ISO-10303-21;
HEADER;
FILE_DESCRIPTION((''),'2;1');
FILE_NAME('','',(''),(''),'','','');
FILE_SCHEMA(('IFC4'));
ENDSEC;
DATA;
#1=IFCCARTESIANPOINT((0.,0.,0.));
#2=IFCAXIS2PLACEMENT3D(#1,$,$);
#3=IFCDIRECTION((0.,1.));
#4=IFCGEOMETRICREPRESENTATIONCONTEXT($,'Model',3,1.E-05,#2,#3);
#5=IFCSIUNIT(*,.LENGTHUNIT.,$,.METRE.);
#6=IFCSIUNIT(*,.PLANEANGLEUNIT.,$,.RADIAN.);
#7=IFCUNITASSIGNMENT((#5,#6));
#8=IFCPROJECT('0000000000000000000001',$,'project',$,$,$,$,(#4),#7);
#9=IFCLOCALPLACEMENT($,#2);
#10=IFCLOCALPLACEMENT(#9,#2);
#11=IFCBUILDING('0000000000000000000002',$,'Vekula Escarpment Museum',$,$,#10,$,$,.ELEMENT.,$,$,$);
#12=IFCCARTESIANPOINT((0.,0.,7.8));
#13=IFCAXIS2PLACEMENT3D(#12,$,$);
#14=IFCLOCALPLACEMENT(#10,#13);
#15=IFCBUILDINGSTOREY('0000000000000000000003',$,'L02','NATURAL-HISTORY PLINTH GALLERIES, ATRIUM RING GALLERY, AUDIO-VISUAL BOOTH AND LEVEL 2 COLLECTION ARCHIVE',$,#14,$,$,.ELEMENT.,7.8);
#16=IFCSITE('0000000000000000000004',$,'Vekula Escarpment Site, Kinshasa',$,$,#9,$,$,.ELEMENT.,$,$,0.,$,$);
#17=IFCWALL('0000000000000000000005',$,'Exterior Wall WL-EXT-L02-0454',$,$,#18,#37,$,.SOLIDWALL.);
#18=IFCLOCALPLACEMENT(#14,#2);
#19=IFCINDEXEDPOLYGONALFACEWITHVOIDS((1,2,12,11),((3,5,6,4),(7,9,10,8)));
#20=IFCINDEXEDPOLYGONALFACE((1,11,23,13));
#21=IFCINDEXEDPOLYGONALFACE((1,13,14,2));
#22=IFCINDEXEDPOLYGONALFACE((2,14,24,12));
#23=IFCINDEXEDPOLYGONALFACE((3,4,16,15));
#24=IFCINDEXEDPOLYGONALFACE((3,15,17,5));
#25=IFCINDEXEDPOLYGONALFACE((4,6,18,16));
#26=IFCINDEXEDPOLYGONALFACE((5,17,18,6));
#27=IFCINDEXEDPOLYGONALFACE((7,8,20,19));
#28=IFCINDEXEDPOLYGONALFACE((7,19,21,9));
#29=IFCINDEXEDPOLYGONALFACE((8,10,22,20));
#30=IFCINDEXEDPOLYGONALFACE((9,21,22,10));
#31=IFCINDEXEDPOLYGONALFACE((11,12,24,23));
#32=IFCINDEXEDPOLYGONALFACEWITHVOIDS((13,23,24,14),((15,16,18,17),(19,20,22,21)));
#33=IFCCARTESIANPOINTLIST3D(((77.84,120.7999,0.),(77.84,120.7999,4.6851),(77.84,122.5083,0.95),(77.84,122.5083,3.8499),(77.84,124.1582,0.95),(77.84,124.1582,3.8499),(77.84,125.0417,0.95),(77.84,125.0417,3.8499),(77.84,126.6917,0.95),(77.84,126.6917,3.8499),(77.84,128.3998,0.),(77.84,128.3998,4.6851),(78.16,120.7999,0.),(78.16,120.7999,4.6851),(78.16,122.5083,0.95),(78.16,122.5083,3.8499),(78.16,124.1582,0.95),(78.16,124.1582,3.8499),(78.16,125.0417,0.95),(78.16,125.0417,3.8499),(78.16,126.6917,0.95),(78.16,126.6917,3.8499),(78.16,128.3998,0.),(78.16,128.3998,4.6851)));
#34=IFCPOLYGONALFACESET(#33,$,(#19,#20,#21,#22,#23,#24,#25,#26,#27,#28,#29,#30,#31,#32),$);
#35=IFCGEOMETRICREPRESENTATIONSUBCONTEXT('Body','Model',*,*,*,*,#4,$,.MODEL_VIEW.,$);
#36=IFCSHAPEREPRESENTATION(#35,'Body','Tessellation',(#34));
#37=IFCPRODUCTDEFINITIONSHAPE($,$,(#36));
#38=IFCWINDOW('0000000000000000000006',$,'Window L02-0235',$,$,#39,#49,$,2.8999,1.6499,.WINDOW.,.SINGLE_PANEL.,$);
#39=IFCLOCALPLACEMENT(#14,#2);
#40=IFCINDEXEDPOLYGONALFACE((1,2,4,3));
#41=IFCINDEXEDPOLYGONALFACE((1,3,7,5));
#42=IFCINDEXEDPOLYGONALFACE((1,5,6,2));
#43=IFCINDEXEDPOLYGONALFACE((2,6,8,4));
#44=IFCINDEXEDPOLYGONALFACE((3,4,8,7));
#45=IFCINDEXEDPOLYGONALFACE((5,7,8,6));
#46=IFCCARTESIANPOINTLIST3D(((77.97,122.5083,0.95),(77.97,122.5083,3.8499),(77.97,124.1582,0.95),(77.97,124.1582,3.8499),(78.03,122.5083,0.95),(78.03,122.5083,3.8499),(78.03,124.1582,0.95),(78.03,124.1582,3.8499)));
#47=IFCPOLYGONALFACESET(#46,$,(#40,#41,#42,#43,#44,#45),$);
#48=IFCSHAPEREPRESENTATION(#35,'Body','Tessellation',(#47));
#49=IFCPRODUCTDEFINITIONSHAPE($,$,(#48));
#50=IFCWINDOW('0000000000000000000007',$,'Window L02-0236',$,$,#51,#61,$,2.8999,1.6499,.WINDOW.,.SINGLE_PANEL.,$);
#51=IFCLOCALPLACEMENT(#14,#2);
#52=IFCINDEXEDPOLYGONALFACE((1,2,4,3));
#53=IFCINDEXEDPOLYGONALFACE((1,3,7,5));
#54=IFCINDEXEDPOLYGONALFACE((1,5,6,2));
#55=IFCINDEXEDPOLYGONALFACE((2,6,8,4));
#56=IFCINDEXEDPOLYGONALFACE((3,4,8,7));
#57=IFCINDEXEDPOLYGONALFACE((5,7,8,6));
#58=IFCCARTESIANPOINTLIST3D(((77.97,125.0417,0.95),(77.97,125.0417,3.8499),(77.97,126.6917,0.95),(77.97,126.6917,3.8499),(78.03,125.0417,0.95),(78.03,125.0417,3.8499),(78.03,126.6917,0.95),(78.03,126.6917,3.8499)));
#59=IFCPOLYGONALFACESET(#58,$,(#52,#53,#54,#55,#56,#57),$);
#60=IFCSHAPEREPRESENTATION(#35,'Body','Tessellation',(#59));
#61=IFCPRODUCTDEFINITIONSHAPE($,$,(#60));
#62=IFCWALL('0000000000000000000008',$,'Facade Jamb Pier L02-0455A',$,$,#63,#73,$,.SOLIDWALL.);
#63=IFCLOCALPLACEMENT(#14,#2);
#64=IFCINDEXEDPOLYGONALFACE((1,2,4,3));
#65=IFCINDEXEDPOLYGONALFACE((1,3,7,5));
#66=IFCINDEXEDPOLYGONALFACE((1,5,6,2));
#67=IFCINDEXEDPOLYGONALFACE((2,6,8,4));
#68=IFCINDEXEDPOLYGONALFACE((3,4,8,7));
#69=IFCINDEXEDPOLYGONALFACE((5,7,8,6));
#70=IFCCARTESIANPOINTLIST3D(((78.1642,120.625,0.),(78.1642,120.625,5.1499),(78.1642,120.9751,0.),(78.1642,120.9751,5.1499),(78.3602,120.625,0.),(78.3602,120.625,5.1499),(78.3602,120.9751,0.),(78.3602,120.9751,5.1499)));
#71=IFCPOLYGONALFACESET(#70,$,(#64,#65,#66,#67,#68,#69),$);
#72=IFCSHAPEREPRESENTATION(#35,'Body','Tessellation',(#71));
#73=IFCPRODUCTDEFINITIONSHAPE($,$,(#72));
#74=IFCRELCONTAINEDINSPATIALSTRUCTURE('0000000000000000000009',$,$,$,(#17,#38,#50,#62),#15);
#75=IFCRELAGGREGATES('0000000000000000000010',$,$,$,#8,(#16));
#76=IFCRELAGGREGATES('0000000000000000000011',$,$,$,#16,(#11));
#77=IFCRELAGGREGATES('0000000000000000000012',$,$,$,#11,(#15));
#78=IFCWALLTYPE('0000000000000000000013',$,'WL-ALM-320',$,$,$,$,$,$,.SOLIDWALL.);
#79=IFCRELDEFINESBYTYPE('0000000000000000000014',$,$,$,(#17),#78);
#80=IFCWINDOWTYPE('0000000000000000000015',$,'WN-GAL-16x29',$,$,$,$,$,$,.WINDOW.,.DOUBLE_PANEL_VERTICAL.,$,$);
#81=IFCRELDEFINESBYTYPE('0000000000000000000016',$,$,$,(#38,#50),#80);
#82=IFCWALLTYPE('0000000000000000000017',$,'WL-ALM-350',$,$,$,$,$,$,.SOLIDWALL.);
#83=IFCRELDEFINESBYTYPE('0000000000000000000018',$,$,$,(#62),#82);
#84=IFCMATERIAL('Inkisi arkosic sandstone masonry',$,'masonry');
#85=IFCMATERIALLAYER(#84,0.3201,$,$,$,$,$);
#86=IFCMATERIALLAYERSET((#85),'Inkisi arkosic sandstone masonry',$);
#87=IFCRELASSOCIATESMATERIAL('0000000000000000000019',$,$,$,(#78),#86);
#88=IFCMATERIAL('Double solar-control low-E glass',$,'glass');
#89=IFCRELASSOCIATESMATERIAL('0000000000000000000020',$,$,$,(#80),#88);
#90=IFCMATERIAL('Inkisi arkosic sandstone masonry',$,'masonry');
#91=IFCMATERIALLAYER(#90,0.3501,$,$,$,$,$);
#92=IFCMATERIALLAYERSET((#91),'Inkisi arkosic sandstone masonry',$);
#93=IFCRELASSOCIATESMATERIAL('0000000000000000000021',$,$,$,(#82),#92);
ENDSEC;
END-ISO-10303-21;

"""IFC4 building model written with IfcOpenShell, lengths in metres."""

from ifc_helpers import new_model, si_unit, direction, frame, frame_2d, origin, place, context, subcontext, project, spatial, rectangle, extrude, material, layer, layer_set, type_object, element, fill, save


model = new_model("IFC4")

# Units and contexts
model_context = context("Model", 3, precision=1e-05, world=origin(), true_north=direction((0.0, 1.0)))
body_context = subcontext(model_context, "Body", "Model", "MODEL_VIEW")
ifc_project = project(units=[si_unit("LENGTHUNIT", "METRE"), si_unit("PLANEANGLEUNIT", "RADIAN")], contexts=[model_context])

# Site, building, storey
site_placement = place(None, origin())
site = spatial("IfcSite", under=ifc_project, at=site_placement, Name="Vekula Escarpment Site, Kinshasa", CompositionType="ELEMENT", RefElevation=0.0)
building_placement = place(site_placement, origin())
building = spatial("IfcBuilding", under=site, at=building_placement, Name="Vekula Escarpment Museum", CompositionType="ELEMENT")
storey_placement = place(building_placement, frame((0.0, 0.0, 7.8)))
storey = spatial("IfcBuildingStorey", under=building, at=storey_placement, Name="L02", Description="NATURAL-HISTORY PLINTH GALLERIES, ATRIUM RING GALLERY, AUDIO-VISUAL BOOTH AND LEVEL 2 COLLECTION ARCHIVE", CompositionType="ELEMENT", Elevation=7.8)

# Wall, openings, windows
ifc_material_1 = material(Name="Inkisi arkosic sandstone masonry", Category="masonry")
ifc_layer_1 = layer(ifc_material_1, 0.3201)
ifc_layer_set_1 = layer_set([ifc_layer_1], Name="Inkisi arkosic sandstone masonry")
wall_type_1 = type_object("IfcWallType", Name="WL-ALM-320", PredefinedType="SOLIDWALL", material=ifc_layer_set_1)
wall_1_placement = place(storey_placement, frame((78.0, 120.8, 0.0), z_axis=(0.0, 0.0, 1.0), x_axis=(0.0, 1.0, 0.0)))
wall_1 = element("IfcWall", 1, at=wall_1_placement, inside=storey, type_object=wall_type_1, Name="Exterior Wall WL-EXT-L02-0454", PredefinedType="SOLIDWALL", context=body_context, shape_type="SweptSolid", body=[
    extrude(rectangle(XDim=7.5999, YDim=0.3201, at=frame_2d((3.7998, 0.0))), origin(), (0.0, 0.0, 1.0), 4.6851),
])
opening_1_placement = place(wall_1_placement, frame((1.7083, 0.0, 0.95)))
opening_1 = element("IfcOpeningElement", 2, at=opening_1_placement, cuts=wall_1, PredefinedType="OPENING", context=body_context, shape_type="SweptSolid", body=[
    extrude(rectangle(XDim=1.6499, YDim=2.8999, at=frame_2d((0.825, 1.45))), frame((0.0, 0.1699, 0.0), z_axis=(0.0, -1.0, 0.0), x_axis=(1.0, 0.0, 0.0)), (0.0, 0.0, 1.0), 0.3401),
])
opening_2_placement = place(wall_1_placement, frame((4.2417, 0.0, 0.95)))
opening_2 = element("IfcOpeningElement", 3, at=opening_2_placement, cuts=wall_1, PredefinedType="OPENING", context=body_context, shape_type="SweptSolid", body=[
    extrude(rectangle(XDim=1.6499, YDim=2.8999, at=frame_2d((0.825, 1.45))), frame((0.0, 0.1699, 0.0), z_axis=(0.0, -1.0, 0.0), x_axis=(1.0, 0.0, 0.0)), (0.0, 0.0, 1.0), 0.3401),
])
ifc_material_2 = material(Name="Double solar-control low-E glass", Category="glass")
window_type = type_object("IfcWindowType", Name="WN-GAL-16x29", PartitioningType="DOUBLE_PANEL_VERTICAL", PredefinedType="WINDOW", material=ifc_material_2)
window_1_placement = place(opening_1_placement, origin())
window_1 = element("IfcWindow", 4, at=window_1_placement, inside=storey, type_object=window_type, Name="Window L02-0235", OverallHeight=2.8999, OverallWidth=1.6499, PartitioningType="SINGLE_PANEL", PredefinedType="WINDOW", context=body_context, shape_type="SweptSolid", body=[
    extrude(rectangle(XDim=1.6499, YDim=2.8999, at=frame_2d((0.825, 1.45))), frame((0.0, 0.03, 0.0), z_axis=(0.0, -1.0, 0.0), x_axis=(1.0, 0.0, 0.0)), (0.0, 0.0, 1.0), 0.0601),
])
fill(opening_1, window_1)
window_2_placement = place(opening_2_placement, origin())
window_2 = element("IfcWindow", 5, at=window_2_placement, inside=storey, type_object=window_type, Name="Window L02-0236", OverallHeight=2.8999, OverallWidth=1.6499, PartitioningType="SINGLE_PANEL", PredefinedType="WINDOW", context=body_context, shape_type="SweptSolid", body=[
    extrude(rectangle(XDim=1.6499, YDim=2.8999, at=frame_2d((0.825, 1.45))), frame((0.0, 0.03, 0.0), z_axis=(0.0, -1.0, 0.0), x_axis=(1.0, 0.0, 0.0)), (0.0, 0.0, 1.0), 0.0601),
])
fill(opening_2, window_2)

# Wall
ifc_material_3 = material(Name="Inkisi arkosic sandstone masonry", Category="masonry")
ifc_layer_2 = layer(ifc_material_3, 0.3501)
ifc_layer_set_2 = layer_set([ifc_layer_2], Name="Inkisi arkosic sandstone masonry")
wall_type_2 = type_object("IfcWallType", Name="WL-ALM-350", PredefinedType="SOLIDWALL", material=ifc_layer_set_2)
wall_2_placement = place(storey_placement, frame((78.1641, 120.8, 0.0), z_axis=(0.0, 0.0, 1.0), x_axis=(1.0, 0.0, 0.0)))
element("IfcWall", 6, at=wall_2_placement, inside=storey, type_object=wall_type_2, Name="Facade Jamb Pier L02-0455A", PredefinedType="SOLIDWALL", context=body_context, shape_type="SweptSolid", body=[
    extrude(rectangle(XDim=0.196, YDim=0.3501, at=frame_2d((0.0981, 0.0))), origin(), (0.0, 0.0, 1.0), 5.1499),
])

save(model, "model.ifc")
